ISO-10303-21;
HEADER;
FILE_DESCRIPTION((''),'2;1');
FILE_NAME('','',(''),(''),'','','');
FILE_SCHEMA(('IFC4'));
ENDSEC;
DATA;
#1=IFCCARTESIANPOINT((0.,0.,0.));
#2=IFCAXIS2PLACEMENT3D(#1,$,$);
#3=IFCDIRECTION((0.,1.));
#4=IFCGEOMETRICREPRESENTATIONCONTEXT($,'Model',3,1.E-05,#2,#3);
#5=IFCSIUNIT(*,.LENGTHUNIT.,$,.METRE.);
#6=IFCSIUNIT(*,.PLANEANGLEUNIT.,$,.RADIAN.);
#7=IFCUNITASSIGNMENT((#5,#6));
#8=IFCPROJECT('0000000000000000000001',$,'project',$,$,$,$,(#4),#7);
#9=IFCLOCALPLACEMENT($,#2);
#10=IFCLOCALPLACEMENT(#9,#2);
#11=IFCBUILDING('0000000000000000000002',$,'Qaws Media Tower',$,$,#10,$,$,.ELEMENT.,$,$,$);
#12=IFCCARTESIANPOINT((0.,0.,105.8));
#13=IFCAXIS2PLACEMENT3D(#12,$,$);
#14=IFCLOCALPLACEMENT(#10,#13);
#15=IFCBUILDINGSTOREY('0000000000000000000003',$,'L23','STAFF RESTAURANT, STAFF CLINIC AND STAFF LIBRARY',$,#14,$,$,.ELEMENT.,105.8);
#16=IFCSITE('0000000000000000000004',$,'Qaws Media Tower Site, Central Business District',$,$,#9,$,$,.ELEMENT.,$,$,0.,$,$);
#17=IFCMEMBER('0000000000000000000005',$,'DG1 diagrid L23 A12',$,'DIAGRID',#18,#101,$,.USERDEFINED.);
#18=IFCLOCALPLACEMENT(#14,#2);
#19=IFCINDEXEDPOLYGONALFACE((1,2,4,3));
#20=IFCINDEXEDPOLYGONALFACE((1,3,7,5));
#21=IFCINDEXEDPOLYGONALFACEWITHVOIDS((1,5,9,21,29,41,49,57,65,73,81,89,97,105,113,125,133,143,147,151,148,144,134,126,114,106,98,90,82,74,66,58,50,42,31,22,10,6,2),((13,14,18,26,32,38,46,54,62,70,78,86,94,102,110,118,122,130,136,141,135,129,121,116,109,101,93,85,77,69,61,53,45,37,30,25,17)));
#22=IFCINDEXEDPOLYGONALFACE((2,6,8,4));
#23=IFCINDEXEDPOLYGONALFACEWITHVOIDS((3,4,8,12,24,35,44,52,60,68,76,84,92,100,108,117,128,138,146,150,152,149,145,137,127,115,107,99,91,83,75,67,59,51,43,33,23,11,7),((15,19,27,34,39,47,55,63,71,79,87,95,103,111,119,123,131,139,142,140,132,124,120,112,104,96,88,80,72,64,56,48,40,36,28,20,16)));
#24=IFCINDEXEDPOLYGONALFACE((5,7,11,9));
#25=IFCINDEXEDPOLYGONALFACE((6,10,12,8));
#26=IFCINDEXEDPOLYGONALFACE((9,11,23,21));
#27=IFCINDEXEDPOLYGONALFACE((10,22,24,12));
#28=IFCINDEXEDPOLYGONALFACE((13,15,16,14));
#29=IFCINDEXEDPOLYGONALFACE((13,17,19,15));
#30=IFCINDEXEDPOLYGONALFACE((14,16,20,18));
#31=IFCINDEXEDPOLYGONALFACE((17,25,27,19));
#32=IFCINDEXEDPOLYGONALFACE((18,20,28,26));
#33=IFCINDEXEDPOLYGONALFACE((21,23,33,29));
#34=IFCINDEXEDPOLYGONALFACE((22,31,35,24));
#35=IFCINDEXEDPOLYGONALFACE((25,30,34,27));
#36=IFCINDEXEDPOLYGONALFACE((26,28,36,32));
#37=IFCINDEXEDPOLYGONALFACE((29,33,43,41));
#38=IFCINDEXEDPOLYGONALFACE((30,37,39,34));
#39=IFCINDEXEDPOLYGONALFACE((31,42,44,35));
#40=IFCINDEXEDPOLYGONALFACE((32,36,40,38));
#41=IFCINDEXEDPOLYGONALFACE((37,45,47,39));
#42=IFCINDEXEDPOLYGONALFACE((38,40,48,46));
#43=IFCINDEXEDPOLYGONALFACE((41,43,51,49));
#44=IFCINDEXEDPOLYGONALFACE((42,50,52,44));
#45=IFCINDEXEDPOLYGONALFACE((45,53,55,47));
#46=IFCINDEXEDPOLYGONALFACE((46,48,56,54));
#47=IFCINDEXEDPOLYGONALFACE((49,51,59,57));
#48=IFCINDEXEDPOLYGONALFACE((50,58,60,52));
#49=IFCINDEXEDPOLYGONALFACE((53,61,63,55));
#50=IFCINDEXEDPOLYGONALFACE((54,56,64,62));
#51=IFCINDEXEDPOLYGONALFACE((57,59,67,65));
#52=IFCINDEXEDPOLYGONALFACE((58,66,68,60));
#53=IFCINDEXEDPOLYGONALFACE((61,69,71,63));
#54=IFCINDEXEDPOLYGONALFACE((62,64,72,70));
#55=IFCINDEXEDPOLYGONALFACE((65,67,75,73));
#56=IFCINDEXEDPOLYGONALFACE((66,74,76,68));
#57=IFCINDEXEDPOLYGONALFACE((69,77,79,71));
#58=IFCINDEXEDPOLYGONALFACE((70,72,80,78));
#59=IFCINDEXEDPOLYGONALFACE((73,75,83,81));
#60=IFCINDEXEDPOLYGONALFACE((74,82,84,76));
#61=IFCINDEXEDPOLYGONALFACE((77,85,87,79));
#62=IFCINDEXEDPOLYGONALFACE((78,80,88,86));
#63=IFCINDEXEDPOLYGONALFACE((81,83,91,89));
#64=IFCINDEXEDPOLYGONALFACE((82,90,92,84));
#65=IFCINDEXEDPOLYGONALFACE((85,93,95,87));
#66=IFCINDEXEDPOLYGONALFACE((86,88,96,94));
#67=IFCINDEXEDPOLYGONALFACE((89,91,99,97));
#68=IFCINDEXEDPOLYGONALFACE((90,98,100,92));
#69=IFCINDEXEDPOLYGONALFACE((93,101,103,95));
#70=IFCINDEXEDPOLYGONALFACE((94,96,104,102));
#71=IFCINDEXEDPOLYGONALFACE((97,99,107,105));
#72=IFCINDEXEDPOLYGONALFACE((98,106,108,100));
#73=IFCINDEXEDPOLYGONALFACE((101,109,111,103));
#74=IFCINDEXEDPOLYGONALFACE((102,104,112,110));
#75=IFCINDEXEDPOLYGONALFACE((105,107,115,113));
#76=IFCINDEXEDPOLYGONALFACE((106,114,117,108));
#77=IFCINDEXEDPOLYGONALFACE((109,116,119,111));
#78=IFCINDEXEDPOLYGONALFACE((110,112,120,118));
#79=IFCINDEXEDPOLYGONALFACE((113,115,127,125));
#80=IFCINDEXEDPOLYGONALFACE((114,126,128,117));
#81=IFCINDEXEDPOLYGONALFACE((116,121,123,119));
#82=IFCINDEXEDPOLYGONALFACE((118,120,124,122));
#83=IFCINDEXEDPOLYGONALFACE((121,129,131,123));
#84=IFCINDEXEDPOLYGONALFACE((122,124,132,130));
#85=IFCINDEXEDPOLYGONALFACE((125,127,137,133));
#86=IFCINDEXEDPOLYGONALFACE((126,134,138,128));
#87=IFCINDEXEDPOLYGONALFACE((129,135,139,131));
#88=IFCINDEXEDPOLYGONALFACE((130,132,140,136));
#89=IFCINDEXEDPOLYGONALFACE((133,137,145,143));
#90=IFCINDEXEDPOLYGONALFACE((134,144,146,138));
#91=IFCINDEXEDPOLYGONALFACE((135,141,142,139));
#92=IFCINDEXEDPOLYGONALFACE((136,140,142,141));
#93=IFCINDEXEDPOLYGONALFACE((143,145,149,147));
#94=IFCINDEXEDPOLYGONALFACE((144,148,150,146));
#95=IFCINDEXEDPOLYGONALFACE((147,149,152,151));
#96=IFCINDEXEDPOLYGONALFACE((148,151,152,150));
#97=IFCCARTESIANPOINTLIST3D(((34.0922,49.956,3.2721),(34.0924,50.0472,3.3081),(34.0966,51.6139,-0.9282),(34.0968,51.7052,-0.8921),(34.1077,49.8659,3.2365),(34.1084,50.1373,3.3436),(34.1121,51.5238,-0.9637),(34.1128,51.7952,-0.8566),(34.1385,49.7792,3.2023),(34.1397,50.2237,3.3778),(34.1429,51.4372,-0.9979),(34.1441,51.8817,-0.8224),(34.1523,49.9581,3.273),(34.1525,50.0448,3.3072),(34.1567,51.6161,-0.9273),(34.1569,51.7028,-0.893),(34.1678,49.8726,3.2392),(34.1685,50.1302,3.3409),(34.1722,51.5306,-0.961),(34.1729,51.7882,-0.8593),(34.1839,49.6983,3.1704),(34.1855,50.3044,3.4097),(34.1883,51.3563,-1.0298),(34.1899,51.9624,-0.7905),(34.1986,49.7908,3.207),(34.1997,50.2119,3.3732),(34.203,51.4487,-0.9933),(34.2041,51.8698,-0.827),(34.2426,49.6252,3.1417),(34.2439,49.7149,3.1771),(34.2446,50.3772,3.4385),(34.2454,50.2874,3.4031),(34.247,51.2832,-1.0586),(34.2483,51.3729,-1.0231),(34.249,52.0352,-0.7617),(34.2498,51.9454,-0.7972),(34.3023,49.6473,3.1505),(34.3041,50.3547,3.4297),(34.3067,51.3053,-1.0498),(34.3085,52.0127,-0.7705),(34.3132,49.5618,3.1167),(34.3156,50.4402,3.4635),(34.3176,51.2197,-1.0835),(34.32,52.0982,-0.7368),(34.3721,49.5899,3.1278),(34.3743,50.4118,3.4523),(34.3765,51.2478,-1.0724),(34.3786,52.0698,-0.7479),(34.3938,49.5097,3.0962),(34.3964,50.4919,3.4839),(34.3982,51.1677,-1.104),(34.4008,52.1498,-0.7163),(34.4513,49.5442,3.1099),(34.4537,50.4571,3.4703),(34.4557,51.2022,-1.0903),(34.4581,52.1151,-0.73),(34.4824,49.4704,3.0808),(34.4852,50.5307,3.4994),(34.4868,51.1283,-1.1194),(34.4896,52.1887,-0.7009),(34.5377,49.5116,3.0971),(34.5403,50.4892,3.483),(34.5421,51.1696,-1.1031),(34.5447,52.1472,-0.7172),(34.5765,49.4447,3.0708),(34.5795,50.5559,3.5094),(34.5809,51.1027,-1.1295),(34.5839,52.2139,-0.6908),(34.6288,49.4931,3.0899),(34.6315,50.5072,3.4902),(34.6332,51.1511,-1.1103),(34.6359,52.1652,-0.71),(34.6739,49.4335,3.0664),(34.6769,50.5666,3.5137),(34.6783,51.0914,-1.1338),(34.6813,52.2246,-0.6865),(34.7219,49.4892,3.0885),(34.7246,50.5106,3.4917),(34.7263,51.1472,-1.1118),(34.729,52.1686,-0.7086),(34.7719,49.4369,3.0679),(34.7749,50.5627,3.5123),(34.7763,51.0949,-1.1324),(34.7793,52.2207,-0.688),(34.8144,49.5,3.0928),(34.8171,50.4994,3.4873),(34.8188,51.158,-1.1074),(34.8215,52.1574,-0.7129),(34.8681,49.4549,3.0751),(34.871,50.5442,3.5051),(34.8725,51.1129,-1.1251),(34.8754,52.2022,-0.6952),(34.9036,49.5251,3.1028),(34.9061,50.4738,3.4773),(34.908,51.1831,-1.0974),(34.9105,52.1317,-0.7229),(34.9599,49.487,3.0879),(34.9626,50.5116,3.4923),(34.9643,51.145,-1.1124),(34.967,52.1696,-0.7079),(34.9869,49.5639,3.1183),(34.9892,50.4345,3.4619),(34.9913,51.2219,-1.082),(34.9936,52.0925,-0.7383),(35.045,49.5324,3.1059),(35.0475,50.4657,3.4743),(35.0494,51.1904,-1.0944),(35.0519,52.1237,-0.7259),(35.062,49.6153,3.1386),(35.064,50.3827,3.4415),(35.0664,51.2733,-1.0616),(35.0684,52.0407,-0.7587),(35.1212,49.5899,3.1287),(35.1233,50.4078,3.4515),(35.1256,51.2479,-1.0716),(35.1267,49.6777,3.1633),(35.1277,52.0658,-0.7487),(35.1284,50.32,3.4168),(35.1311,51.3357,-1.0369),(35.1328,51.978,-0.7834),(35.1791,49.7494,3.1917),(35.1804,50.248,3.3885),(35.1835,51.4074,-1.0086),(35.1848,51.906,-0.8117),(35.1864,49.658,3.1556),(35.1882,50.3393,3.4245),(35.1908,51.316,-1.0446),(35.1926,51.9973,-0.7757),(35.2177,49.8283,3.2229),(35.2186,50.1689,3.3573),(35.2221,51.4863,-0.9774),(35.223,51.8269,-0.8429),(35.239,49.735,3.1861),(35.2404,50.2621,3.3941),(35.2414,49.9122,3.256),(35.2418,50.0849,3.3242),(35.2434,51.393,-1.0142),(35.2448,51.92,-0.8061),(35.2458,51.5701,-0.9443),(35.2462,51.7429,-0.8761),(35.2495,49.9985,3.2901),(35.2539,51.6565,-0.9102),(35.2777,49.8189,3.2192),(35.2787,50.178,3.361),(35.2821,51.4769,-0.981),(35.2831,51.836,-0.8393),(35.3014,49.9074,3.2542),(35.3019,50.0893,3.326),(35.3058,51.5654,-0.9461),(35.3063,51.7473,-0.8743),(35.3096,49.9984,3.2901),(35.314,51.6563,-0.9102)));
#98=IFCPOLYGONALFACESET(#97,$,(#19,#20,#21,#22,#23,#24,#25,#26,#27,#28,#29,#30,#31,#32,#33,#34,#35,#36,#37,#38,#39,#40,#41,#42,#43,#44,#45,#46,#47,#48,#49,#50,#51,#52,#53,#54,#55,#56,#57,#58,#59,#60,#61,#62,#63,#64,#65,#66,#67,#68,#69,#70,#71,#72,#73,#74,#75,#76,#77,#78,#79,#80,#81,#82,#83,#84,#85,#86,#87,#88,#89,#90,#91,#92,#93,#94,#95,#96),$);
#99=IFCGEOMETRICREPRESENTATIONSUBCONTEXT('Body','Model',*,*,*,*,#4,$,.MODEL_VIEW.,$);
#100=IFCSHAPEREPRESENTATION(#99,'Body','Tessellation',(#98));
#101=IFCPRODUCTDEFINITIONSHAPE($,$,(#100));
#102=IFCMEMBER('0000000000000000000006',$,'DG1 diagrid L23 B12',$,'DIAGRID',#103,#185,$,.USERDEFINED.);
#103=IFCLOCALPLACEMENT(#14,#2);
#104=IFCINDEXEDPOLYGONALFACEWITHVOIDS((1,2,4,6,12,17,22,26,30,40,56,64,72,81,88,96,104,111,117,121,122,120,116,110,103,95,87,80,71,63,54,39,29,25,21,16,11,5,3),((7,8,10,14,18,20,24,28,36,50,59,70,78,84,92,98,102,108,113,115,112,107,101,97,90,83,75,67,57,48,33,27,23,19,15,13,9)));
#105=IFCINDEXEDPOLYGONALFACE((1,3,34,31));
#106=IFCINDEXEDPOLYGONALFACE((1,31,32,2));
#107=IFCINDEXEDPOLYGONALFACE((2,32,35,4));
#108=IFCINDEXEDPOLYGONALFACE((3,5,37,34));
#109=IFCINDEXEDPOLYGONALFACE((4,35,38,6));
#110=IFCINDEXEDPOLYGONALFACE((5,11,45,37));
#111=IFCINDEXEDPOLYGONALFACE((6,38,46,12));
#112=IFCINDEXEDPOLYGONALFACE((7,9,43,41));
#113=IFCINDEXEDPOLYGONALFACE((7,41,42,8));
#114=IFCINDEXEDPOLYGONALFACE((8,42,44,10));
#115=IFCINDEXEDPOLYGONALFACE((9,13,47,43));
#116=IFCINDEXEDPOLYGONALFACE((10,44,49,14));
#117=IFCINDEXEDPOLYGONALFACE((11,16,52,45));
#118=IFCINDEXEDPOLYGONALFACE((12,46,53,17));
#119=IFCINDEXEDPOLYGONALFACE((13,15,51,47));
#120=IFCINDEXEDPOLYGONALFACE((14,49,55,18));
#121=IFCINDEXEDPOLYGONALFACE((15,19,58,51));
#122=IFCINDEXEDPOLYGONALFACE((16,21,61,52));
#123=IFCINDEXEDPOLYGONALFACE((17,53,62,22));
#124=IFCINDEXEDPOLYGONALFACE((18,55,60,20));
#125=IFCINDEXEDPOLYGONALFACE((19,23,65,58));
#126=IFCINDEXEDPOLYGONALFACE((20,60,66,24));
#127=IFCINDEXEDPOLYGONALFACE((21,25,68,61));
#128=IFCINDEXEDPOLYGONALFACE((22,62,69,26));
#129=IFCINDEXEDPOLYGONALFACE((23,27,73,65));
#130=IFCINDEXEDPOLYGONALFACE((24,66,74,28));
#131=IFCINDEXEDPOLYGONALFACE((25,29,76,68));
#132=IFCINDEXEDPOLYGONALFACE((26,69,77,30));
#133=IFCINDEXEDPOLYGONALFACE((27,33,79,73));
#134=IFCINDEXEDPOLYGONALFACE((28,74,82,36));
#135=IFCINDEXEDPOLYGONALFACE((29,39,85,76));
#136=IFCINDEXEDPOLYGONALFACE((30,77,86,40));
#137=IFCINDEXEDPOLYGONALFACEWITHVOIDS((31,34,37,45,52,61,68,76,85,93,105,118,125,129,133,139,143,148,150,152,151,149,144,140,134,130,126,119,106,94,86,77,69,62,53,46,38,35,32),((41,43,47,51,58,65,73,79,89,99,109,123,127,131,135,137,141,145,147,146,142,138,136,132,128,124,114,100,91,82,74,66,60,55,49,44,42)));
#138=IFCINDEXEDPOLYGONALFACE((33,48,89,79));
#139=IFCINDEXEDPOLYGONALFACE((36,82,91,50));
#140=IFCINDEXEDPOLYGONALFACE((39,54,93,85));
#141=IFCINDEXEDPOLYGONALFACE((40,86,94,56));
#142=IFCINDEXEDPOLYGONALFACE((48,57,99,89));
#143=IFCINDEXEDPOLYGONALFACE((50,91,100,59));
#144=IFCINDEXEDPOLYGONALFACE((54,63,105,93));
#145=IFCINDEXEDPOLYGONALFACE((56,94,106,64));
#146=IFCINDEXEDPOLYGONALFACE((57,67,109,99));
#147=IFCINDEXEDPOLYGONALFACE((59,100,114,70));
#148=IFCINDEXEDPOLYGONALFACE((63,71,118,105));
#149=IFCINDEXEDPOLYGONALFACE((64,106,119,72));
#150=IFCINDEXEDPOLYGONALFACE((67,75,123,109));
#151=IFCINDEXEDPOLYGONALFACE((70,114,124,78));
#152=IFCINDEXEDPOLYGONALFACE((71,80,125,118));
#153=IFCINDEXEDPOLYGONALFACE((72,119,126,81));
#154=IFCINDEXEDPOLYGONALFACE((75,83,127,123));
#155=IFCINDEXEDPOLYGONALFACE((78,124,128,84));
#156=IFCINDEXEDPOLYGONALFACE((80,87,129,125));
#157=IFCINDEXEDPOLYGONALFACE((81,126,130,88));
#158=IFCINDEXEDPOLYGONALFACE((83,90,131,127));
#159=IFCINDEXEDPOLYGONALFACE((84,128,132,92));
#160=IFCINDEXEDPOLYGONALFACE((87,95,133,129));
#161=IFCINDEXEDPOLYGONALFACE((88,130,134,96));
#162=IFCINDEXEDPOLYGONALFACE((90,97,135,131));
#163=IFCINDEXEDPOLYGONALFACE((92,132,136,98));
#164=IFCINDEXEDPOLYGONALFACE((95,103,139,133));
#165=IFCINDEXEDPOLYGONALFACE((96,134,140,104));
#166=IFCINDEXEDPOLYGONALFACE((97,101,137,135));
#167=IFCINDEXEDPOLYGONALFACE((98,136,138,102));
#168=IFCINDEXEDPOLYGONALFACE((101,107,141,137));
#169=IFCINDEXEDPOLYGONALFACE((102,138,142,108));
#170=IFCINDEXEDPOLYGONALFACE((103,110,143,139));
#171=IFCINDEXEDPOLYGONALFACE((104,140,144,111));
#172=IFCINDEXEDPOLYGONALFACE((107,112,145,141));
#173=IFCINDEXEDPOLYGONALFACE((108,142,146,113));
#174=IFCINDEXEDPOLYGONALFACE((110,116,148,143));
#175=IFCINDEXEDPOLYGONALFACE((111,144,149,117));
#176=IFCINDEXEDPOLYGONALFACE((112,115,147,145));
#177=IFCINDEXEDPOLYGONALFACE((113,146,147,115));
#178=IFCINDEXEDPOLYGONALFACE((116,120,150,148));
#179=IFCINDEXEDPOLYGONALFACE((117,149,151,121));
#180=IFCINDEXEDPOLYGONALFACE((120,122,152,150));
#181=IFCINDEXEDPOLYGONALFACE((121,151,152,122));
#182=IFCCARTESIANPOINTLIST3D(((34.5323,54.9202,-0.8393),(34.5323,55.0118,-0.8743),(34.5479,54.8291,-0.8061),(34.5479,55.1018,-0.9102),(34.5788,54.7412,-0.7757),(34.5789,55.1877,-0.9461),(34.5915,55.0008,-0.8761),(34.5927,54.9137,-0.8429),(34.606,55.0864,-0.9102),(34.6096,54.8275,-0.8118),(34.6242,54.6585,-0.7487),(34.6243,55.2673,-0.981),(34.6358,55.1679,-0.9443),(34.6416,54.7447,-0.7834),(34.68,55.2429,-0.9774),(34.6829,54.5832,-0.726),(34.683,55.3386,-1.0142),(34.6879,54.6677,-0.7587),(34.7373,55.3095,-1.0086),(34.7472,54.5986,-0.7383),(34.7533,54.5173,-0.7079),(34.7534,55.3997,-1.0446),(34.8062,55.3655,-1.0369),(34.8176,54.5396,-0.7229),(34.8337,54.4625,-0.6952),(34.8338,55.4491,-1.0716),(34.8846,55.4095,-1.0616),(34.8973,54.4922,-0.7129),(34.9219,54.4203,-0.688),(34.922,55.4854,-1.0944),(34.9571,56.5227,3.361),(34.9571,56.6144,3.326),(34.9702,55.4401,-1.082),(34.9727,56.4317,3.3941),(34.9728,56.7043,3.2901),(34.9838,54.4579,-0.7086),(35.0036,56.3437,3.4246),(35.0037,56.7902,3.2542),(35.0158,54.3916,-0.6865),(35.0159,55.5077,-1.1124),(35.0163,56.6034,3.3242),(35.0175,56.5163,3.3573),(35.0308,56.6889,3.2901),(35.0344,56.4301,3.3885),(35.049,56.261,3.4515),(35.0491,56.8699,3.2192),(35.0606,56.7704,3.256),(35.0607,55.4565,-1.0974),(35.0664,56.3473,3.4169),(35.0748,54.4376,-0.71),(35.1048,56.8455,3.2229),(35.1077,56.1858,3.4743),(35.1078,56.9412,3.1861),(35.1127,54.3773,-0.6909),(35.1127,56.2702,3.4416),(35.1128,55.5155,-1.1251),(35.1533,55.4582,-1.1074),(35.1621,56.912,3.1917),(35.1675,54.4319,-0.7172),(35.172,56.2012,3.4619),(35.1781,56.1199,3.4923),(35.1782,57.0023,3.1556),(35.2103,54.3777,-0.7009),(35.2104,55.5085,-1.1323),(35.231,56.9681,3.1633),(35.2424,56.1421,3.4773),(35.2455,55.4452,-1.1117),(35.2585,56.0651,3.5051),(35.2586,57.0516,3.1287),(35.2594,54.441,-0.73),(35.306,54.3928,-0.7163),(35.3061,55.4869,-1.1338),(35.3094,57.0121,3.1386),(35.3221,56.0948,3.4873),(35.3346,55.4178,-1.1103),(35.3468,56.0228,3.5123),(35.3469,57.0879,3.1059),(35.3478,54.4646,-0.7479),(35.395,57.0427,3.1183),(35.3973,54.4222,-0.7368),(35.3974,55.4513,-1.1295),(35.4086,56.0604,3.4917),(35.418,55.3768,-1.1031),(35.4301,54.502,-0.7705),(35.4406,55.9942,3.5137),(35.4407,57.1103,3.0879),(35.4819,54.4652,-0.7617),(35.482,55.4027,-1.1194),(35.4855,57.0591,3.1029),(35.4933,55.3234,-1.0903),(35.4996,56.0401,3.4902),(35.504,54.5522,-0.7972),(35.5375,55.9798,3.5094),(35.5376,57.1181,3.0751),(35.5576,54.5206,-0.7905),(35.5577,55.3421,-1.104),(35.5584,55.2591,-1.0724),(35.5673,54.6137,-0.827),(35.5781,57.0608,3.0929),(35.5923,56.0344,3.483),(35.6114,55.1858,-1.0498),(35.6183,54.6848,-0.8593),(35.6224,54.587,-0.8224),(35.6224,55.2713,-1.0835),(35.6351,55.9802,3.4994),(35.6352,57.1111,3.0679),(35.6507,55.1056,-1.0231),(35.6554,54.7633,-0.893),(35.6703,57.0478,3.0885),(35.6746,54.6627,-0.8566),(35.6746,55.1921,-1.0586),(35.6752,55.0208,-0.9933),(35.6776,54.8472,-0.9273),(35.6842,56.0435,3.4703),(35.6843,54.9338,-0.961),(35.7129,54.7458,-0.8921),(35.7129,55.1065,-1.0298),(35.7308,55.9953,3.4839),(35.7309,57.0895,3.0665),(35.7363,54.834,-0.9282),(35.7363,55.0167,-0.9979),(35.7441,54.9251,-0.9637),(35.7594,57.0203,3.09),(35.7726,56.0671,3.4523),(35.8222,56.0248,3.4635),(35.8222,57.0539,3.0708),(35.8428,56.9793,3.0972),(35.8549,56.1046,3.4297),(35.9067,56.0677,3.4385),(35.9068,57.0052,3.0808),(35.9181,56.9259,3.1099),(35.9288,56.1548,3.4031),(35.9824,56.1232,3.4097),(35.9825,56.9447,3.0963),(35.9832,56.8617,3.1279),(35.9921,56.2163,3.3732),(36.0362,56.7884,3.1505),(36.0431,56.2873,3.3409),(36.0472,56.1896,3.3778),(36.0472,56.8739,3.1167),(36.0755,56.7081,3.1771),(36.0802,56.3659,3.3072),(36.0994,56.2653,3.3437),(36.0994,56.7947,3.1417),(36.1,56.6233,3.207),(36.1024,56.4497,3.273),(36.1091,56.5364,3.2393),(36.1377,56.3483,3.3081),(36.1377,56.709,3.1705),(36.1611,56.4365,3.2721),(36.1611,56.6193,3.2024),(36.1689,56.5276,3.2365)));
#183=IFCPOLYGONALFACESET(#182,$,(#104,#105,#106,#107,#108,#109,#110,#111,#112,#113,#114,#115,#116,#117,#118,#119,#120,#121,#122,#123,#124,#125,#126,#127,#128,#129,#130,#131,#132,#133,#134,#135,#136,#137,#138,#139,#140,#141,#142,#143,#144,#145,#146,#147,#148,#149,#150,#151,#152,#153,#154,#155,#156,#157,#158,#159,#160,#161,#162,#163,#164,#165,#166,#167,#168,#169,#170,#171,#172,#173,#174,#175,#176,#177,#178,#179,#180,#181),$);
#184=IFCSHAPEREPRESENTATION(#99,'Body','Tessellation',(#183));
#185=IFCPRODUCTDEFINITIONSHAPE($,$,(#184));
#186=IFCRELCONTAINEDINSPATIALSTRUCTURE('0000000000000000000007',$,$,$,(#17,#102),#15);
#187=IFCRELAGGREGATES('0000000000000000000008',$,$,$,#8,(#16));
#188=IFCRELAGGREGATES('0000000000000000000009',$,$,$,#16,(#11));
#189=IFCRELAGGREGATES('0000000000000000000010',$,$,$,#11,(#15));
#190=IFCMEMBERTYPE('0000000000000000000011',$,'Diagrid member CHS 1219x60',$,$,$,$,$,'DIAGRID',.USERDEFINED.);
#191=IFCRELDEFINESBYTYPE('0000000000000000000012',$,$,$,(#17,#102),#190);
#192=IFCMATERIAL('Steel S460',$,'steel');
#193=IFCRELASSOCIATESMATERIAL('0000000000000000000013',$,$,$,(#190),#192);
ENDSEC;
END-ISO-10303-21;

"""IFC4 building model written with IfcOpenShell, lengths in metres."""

from ifc_helpers import new_model, si_unit, direction, frame, origin, origin_2d, place, context, subcontext, project, spatial, hollow_circle, extrude, material, material_profile, profile_set, type_object, element, save


model = new_model("IFC4")

# Units and contexts
model_context = context("Model", 3, precision=1e-05, world=origin(), true_north=direction((0.0, 1.0)))
body_context = subcontext(model_context, "Body", "Model", "MODEL_VIEW")
ifc_project = project(units=[si_unit("LENGTHUNIT", "METRE"), si_unit("PLANEANGLEUNIT", "RADIAN")], contexts=[model_context])

# Site, building, storey
site_placement = place(None, origin())
site = spatial("IfcSite", under=ifc_project, at=site_placement, Name="Qaws Media Tower Site, Central Business District", CompositionType="ELEMENT", RefElevation=0.0)
building_placement = place(site_placement, origin())
building = spatial("IfcBuilding", under=site, at=building_placement, Name="Qaws Media Tower", CompositionType="ELEMENT")
storey_placement = place(building_placement, frame((0.0, 0.0, 105.8)))
storey = spatial("IfcBuildingStorey", under=building, at=storey_placement, Name="L23", Description="STAFF RESTAURANT, STAFF CLINIC AND STAFF LIBRARY", CompositionType="ELEMENT", Elevation=105.8)

# Members
ifc_material_1 = material(Name="Steel S460", Category="steel")
ifc_material_profile_1 = material_profile(ifc_material_1, hollow_circle(Radius=0.6096, WallThickness=0.0601, at=origin_2d()), Name="CHS 1219x60")
ifc_profile_set_1 = profile_set([ifc_material_profile_1], Name="Steel S460")
member_type_1 = type_object("IfcMemberType", Name="Diagrid member CHS 1219x60", ElementType="DIAGRID", PredefinedType="USERDEFINED", material=ifc_profile_set_1)
for number, where, z_axis, x_axis, name in (
    (1, (34.7043, 51.658, -0.9102), (-0.000973, -0.367164, 0.930156), (0.999996, -0.002651, 0.0), "DG1 diagrid L23 A12"),
    (2, (35.1372, 54.9456, -0.9102), (0.094076, 0.354893, 0.930162), (-0.966615, 0.256233, 0.0), "DG1 diagrid L23 B12"),
):
    element("IfcMember", number, at=place(storey_placement, frame(where, z_axis=z_axis, x_axis=x_axis)), inside=storey, type_object=member_type_1, Name=name, ObjectType="DIAGRID", PredefinedType="USERDEFINED", context=body_context, shape_type="SweptSolid", body=[
        extrude(hollow_circle(Radius=0.6096, WallThickness=0.0601, at=origin_2d()), origin(), (0.0, 0.0, 1.0), 4.5156),
    ])

save(model, "model.ifc")
